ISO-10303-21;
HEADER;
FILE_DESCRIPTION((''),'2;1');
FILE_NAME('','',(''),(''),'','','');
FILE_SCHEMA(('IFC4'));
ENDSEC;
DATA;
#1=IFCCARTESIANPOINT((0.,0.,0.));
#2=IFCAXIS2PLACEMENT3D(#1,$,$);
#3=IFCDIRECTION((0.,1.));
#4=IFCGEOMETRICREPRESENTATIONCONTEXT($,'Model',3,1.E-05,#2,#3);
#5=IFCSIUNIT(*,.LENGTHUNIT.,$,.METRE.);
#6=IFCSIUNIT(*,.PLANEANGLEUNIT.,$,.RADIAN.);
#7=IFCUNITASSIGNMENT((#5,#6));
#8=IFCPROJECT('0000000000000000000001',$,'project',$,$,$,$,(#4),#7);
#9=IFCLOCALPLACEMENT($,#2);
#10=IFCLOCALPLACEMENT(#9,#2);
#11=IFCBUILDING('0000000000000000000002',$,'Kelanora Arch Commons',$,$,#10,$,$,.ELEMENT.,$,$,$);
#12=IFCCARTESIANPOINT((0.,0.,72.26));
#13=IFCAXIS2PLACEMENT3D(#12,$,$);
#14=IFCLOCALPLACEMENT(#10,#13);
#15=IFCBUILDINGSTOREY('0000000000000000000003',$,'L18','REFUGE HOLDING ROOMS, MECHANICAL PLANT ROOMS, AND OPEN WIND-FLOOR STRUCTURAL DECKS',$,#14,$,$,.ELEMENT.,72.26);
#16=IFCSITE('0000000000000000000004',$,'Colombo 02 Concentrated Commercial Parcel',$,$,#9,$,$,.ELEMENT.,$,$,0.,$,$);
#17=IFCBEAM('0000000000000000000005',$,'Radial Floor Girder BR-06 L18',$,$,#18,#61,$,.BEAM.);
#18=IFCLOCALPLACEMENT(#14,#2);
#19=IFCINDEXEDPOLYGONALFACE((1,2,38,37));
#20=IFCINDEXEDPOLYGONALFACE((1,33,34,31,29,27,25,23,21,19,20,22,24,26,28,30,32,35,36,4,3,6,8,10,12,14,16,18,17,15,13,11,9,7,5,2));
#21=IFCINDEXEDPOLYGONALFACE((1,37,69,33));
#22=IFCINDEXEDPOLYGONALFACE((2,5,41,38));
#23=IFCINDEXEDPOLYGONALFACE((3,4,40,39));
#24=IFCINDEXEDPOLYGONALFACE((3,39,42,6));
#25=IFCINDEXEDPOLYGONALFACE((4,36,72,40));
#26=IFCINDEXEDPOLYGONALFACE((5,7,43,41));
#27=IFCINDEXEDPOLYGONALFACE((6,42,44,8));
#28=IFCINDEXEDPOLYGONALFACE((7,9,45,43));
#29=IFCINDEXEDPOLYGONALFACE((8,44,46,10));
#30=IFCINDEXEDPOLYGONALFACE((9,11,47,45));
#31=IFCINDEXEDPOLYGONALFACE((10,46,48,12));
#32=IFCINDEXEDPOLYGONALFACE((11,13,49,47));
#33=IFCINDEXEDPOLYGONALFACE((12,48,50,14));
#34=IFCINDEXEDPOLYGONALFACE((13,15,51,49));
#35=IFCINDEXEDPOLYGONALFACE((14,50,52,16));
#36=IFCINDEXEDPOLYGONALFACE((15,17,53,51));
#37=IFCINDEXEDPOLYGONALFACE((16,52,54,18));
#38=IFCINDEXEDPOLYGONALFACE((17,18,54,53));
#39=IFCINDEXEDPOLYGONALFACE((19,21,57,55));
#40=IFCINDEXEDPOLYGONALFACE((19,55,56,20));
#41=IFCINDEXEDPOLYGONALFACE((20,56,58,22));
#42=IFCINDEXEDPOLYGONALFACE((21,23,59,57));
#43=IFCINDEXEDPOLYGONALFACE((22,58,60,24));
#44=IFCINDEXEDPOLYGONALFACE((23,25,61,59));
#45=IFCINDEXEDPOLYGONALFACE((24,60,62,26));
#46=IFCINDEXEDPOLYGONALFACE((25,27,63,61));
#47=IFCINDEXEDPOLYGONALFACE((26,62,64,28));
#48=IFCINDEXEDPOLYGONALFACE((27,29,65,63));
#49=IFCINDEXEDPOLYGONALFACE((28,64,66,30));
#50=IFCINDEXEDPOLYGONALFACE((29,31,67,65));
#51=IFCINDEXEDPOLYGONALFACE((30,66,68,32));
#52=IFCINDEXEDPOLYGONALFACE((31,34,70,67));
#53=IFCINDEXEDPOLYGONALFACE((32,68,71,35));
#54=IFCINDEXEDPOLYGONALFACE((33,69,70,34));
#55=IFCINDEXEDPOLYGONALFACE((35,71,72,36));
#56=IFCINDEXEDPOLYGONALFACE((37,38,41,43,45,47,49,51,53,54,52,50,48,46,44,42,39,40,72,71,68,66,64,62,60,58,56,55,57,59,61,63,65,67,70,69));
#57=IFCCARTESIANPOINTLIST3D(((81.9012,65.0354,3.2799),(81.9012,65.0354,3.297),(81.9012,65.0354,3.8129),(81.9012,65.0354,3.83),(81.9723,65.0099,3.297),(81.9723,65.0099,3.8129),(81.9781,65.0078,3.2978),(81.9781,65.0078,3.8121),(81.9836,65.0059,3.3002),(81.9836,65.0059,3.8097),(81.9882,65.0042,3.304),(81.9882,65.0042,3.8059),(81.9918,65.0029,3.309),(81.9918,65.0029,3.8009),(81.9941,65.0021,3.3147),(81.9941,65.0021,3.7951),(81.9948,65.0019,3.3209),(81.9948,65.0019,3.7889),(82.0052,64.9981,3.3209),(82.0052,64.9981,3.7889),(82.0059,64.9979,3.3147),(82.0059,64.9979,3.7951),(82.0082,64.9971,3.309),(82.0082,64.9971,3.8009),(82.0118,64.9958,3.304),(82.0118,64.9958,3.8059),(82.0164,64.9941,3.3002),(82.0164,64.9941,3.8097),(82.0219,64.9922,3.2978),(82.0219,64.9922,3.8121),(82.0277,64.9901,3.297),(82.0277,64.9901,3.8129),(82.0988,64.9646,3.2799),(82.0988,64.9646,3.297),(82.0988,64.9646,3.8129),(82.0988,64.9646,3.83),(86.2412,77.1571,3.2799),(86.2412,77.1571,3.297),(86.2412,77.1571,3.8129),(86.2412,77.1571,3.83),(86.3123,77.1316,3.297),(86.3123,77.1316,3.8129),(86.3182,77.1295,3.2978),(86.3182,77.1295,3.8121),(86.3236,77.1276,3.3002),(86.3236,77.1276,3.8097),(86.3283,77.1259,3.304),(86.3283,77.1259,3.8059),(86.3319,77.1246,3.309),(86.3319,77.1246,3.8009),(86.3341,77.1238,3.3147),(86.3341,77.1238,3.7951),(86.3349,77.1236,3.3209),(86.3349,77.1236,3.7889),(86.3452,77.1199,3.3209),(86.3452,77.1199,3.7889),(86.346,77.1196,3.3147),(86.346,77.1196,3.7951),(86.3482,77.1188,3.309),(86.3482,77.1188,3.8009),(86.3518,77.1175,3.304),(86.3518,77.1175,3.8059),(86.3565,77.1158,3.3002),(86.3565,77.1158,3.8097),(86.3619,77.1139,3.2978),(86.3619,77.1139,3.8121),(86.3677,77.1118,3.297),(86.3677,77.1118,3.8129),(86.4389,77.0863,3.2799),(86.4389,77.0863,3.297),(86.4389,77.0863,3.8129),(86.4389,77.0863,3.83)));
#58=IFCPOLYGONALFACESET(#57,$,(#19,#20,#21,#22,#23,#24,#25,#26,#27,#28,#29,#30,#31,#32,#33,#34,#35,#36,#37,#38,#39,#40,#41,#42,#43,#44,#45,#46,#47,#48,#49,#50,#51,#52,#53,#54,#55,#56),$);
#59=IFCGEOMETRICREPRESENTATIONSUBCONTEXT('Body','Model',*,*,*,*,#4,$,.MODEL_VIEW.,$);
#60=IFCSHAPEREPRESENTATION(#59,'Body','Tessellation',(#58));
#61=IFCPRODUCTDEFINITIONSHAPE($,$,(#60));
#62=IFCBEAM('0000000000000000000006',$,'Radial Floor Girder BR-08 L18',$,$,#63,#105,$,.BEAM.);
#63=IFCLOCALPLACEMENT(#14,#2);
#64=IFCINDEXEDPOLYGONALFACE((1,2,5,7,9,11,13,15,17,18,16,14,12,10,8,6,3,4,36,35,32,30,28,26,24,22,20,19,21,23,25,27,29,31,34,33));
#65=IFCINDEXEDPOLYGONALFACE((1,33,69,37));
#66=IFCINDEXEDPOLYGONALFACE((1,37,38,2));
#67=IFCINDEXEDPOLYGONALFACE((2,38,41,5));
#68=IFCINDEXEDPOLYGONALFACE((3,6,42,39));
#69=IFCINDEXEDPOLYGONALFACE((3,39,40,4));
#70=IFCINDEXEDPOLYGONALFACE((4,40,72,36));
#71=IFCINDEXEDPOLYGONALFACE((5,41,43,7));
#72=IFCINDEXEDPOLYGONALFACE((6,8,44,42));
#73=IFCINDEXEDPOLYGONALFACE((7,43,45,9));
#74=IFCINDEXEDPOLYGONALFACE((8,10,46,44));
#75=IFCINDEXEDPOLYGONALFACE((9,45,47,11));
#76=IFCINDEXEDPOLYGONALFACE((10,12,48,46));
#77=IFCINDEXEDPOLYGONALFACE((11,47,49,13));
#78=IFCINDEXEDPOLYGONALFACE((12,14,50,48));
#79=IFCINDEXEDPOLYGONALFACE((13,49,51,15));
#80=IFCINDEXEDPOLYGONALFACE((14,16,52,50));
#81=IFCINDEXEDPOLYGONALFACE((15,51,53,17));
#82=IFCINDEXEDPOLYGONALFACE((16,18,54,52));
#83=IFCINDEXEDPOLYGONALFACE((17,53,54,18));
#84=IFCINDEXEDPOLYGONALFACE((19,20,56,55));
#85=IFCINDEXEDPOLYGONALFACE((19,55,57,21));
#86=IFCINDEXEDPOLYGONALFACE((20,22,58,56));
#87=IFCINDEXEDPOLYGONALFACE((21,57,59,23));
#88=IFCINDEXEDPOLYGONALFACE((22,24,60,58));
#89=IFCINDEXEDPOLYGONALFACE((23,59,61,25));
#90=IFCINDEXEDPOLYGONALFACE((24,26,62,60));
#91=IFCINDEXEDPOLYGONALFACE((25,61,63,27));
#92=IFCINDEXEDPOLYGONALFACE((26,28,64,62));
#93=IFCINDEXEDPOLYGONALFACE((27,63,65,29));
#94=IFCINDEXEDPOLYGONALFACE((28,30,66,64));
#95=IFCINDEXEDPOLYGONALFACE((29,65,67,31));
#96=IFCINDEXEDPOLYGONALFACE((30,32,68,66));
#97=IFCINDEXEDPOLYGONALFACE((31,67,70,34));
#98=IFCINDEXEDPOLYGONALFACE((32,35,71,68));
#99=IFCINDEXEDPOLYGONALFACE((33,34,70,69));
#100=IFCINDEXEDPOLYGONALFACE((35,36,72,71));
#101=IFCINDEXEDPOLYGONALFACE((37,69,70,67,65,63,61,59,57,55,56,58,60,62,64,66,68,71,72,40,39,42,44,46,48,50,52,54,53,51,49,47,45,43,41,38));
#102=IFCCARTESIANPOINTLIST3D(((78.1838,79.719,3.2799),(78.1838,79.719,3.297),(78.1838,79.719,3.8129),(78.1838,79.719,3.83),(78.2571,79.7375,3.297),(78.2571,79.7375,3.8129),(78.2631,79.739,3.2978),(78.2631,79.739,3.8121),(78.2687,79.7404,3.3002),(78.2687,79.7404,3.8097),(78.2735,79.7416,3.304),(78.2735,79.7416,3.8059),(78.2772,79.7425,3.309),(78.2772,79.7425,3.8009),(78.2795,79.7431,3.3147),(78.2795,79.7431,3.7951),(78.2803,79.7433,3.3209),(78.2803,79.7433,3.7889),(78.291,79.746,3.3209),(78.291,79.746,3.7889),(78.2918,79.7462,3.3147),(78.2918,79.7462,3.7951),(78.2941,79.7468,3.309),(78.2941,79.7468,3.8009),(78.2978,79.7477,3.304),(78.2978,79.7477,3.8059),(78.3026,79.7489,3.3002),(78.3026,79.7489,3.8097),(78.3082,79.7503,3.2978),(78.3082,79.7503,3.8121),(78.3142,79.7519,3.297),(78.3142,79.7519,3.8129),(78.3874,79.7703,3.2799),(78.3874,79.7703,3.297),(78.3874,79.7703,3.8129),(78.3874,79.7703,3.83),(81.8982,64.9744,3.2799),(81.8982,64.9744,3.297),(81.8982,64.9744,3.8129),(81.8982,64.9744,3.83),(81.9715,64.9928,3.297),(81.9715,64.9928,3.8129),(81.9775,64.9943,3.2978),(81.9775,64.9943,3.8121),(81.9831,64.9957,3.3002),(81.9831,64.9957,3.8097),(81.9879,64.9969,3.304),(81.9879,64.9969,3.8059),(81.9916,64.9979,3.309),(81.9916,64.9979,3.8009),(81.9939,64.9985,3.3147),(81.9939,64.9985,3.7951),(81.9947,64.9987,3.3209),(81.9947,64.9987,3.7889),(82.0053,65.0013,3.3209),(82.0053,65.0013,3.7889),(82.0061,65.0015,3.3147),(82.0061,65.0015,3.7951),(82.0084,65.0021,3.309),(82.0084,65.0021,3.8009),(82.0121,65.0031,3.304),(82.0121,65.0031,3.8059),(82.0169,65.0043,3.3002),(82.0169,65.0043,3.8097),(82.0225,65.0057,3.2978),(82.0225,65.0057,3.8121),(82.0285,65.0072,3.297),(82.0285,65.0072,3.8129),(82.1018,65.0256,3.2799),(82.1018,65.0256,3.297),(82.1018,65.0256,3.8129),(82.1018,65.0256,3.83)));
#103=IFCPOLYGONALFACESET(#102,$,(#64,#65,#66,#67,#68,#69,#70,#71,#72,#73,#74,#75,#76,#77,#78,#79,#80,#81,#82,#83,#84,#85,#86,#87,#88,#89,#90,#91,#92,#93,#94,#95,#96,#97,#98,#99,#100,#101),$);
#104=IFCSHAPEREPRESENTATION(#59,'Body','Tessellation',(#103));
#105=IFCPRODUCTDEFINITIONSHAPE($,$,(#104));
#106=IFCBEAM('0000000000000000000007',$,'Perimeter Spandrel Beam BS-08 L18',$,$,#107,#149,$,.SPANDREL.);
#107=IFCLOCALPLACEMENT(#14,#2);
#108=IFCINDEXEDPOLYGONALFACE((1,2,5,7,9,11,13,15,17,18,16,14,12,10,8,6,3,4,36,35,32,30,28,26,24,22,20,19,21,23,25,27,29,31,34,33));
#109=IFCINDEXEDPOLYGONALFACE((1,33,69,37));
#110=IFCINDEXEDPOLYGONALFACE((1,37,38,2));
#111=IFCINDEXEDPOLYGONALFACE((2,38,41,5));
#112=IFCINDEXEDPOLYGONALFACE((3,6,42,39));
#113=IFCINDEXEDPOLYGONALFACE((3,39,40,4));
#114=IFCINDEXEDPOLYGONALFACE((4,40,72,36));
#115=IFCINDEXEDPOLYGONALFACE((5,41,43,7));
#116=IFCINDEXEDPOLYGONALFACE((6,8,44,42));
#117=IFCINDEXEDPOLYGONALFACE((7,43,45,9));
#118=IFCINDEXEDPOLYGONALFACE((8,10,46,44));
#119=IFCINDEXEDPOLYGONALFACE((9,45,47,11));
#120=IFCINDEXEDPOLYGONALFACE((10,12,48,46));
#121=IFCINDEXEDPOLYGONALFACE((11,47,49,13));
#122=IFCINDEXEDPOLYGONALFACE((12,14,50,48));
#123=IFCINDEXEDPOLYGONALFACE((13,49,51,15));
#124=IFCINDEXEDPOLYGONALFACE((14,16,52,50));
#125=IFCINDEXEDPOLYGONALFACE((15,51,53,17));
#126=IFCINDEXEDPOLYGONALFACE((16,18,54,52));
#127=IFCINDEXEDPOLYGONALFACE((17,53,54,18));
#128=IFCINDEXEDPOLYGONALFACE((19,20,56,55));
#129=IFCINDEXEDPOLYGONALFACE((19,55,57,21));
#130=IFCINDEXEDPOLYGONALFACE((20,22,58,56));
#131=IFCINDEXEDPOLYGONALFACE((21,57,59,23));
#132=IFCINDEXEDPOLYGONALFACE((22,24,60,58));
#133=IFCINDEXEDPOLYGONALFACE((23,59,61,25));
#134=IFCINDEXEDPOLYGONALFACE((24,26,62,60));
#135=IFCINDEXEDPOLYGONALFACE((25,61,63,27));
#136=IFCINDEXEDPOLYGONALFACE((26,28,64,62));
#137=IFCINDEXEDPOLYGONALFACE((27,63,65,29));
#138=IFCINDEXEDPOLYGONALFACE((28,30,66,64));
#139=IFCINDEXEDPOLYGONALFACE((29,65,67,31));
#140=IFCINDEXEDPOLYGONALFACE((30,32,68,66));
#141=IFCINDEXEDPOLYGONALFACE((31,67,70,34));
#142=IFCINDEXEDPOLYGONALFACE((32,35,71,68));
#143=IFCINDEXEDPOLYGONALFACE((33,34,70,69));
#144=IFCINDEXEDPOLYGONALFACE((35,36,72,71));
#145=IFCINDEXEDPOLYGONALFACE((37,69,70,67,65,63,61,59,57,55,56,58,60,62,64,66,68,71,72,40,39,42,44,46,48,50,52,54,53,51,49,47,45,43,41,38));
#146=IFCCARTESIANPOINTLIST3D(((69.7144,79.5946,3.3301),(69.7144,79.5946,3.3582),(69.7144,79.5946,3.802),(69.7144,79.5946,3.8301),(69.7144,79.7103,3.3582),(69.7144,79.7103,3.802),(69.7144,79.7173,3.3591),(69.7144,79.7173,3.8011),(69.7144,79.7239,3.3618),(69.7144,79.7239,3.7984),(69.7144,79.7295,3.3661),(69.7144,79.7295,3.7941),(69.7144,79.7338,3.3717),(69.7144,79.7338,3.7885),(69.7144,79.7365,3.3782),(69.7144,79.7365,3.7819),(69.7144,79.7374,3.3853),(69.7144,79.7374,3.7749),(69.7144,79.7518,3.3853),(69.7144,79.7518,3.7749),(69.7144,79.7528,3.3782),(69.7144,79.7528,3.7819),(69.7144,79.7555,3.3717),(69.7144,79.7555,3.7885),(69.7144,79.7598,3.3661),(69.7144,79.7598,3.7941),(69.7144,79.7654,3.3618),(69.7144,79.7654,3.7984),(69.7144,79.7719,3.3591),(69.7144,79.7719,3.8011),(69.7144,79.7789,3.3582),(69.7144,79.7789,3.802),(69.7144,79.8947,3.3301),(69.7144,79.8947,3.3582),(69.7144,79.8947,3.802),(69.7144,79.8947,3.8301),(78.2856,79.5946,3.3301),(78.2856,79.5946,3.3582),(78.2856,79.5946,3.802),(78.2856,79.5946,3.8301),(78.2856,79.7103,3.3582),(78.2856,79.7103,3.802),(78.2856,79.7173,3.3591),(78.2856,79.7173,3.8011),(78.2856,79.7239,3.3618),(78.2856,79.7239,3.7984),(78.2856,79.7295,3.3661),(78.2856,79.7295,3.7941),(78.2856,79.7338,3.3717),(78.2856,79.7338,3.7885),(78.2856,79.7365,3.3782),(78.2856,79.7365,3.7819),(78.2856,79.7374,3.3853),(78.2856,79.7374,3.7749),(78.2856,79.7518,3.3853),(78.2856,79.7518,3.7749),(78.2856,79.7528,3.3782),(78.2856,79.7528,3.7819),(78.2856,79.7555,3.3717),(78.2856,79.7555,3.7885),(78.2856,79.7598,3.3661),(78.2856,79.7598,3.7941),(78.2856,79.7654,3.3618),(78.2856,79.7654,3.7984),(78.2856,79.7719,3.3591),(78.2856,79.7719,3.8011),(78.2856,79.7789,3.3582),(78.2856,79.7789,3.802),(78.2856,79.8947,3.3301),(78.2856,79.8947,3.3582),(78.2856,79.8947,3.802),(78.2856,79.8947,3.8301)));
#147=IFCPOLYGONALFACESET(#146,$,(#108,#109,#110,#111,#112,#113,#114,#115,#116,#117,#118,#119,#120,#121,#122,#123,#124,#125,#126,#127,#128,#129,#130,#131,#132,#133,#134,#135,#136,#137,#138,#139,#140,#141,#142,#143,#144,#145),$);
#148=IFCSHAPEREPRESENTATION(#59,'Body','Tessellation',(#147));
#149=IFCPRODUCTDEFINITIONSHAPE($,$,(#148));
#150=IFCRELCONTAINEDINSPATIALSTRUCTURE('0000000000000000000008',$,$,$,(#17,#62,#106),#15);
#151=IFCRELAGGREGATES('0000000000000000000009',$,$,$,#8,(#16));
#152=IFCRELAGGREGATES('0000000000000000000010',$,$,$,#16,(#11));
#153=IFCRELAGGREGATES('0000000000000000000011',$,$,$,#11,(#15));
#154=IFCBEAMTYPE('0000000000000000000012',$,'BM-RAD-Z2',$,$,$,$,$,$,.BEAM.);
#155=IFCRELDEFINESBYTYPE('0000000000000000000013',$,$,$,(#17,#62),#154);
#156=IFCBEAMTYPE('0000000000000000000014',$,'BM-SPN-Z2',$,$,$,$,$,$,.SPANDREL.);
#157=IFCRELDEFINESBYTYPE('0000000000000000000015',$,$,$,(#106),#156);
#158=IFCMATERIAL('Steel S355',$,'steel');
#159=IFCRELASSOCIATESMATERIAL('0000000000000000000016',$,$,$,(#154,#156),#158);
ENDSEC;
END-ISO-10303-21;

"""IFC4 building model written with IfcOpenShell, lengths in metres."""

from ifc_helpers import new_model, si_unit, direction, frame, origin, origin_2d, place, context, subcontext, project, spatial, i_section, extrude, material, material_profile, profile_set, type_object, element, save


model = new_model("IFC4")

# Units and contexts
model_context = context("Model", 3, precision=1e-05, world=origin(), true_north=direction((0.0, 1.0)))
body_context = subcontext(model_context, "Body", "Model", "MODEL_VIEW")
ifc_project = project(units=[si_unit("LENGTHUNIT", "METRE"), si_unit("PLANEANGLEUNIT", "RADIAN")], contexts=[model_context])

# Site, building, storey
site_placement = place(None, origin())
site = spatial("IfcSite", under=ifc_project, at=site_placement, Name="Colombo 02 Concentrated Commercial Parcel", CompositionType="ELEMENT", RefElevation=0.0)
building_placement = place(site_placement, origin())
building = spatial("IfcBuilding", under=site, at=building_placement, Name="Kelanora Arch Commons", CompositionType="ELEMENT")
storey_placement = place(building_placement, frame((0.0, 0.0, 72.26)))
storey = spatial("IfcBuildingStorey", under=building, at=storey_placement, Name="L18", Description="REFUGE HOLDING ROOMS, MECHANICAL PLANT ROOMS, AND OPEN WIND-FLOOR STRUCTURAL DECKS", CompositionType="ELEMENT", Elevation=72.26)

# Beams
ifc_material_1 = material(Name="Steel S355", Category="steel")
ifc_material_profile_1 = material_profile(ifc_material_1, i_section(OverallWidth=0.21, OverallDepth=0.55, WebThickness=0.011, FlangeThickness=0.0171, FilletRadius=0.0239, at=origin_2d()), Name="IPE550")
ifc_profile_set_1 = profile_set([ifc_material_profile_1], Name="Steel S355")
beam_type_1 = type_object("IfcBeamType", Name="BM-RAD-Z2", PredefinedType="BEAM", material=ifc_profile_set_1)
beam_1_placement = place(storey_placement, frame((82.0, 65.0, 3.5549), z_axis=(0.337085, 0.941474, 0.0), x_axis=(-0.941474, 0.337085, 0.0)))
element("IfcBeam", 1, at=beam_1_placement, inside=storey, type_object=beam_type_1, Name="Radial Floor Girder BR-06 L18", PredefinedType="BEAM", context=body_context, shape_type="SweptSolid", body=[
    extrude(i_section(OverallWidth=0.21, OverallDepth=0.55, WebThickness=0.011, FlangeThickness=0.0171, FilletRadius=0.0239, at=origin_2d()), origin(), (0.0, 0.0, 1.0), 12.8752),
])
beam_2_placement = place(storey_placement, frame((82.0, 65.0, 3.5549), z_axis=(-0.244281, 0.969705, 0.0), x_axis=(-0.969705, -0.244281, 0.0)))
element("IfcBeam", 2, at=beam_2_placement, inside=storey, type_object=beam_type_1, Name="Radial Floor Girder BR-08 L18", PredefinedType="BEAM", context=body_context, shape_type="SweptSolid", body=[
    extrude(i_section(OverallWidth=0.21, OverallDepth=0.55, WebThickness=0.011, FlangeThickness=0.0171, FilletRadius=0.0239, at=origin_2d()), origin(), (0.0, 0.0, 1.0), 15.2053),
])
ifc_material_profile_2 = material_profile(ifc_material_1, i_section(OverallWidth=0.3, OverallDepth=0.5, WebThickness=0.0144, FlangeThickness=0.0281, FilletRadius=0.0271, at=origin_2d()), Name="HEB500")
ifc_profile_set_2 = profile_set([ifc_material_profile_2], Name="Steel S355")
beam_type_2 = type_object("IfcBeamType", Name="BM-SPN-Z2", PredefinedType="SPANDREL", material=ifc_profile_set_2)
beam_3_placement = place(storey_placement, frame((78.2856, 79.7446, 3.5801), z_axis=(-1.0, 0.0, 0.0), x_axis=(0.0, -1.0, 0.0)))
element("IfcBeam", 3, at=beam_3_placement, inside=storey, type_object=beam_type_2, Name="Perimeter Spandrel Beam BS-08 L18", PredefinedType="SPANDREL", context=body_context, shape_type="SweptSolid", body=[
    extrude(i_section(OverallWidth=0.3, OverallDepth=0.5, WebThickness=0.0144, FlangeThickness=0.0281, FilletRadius=0.0271, at=origin_2d()), origin(), (0.0, 0.0, 1.0), 8.5713),
])

save(model, "model.ifc")
